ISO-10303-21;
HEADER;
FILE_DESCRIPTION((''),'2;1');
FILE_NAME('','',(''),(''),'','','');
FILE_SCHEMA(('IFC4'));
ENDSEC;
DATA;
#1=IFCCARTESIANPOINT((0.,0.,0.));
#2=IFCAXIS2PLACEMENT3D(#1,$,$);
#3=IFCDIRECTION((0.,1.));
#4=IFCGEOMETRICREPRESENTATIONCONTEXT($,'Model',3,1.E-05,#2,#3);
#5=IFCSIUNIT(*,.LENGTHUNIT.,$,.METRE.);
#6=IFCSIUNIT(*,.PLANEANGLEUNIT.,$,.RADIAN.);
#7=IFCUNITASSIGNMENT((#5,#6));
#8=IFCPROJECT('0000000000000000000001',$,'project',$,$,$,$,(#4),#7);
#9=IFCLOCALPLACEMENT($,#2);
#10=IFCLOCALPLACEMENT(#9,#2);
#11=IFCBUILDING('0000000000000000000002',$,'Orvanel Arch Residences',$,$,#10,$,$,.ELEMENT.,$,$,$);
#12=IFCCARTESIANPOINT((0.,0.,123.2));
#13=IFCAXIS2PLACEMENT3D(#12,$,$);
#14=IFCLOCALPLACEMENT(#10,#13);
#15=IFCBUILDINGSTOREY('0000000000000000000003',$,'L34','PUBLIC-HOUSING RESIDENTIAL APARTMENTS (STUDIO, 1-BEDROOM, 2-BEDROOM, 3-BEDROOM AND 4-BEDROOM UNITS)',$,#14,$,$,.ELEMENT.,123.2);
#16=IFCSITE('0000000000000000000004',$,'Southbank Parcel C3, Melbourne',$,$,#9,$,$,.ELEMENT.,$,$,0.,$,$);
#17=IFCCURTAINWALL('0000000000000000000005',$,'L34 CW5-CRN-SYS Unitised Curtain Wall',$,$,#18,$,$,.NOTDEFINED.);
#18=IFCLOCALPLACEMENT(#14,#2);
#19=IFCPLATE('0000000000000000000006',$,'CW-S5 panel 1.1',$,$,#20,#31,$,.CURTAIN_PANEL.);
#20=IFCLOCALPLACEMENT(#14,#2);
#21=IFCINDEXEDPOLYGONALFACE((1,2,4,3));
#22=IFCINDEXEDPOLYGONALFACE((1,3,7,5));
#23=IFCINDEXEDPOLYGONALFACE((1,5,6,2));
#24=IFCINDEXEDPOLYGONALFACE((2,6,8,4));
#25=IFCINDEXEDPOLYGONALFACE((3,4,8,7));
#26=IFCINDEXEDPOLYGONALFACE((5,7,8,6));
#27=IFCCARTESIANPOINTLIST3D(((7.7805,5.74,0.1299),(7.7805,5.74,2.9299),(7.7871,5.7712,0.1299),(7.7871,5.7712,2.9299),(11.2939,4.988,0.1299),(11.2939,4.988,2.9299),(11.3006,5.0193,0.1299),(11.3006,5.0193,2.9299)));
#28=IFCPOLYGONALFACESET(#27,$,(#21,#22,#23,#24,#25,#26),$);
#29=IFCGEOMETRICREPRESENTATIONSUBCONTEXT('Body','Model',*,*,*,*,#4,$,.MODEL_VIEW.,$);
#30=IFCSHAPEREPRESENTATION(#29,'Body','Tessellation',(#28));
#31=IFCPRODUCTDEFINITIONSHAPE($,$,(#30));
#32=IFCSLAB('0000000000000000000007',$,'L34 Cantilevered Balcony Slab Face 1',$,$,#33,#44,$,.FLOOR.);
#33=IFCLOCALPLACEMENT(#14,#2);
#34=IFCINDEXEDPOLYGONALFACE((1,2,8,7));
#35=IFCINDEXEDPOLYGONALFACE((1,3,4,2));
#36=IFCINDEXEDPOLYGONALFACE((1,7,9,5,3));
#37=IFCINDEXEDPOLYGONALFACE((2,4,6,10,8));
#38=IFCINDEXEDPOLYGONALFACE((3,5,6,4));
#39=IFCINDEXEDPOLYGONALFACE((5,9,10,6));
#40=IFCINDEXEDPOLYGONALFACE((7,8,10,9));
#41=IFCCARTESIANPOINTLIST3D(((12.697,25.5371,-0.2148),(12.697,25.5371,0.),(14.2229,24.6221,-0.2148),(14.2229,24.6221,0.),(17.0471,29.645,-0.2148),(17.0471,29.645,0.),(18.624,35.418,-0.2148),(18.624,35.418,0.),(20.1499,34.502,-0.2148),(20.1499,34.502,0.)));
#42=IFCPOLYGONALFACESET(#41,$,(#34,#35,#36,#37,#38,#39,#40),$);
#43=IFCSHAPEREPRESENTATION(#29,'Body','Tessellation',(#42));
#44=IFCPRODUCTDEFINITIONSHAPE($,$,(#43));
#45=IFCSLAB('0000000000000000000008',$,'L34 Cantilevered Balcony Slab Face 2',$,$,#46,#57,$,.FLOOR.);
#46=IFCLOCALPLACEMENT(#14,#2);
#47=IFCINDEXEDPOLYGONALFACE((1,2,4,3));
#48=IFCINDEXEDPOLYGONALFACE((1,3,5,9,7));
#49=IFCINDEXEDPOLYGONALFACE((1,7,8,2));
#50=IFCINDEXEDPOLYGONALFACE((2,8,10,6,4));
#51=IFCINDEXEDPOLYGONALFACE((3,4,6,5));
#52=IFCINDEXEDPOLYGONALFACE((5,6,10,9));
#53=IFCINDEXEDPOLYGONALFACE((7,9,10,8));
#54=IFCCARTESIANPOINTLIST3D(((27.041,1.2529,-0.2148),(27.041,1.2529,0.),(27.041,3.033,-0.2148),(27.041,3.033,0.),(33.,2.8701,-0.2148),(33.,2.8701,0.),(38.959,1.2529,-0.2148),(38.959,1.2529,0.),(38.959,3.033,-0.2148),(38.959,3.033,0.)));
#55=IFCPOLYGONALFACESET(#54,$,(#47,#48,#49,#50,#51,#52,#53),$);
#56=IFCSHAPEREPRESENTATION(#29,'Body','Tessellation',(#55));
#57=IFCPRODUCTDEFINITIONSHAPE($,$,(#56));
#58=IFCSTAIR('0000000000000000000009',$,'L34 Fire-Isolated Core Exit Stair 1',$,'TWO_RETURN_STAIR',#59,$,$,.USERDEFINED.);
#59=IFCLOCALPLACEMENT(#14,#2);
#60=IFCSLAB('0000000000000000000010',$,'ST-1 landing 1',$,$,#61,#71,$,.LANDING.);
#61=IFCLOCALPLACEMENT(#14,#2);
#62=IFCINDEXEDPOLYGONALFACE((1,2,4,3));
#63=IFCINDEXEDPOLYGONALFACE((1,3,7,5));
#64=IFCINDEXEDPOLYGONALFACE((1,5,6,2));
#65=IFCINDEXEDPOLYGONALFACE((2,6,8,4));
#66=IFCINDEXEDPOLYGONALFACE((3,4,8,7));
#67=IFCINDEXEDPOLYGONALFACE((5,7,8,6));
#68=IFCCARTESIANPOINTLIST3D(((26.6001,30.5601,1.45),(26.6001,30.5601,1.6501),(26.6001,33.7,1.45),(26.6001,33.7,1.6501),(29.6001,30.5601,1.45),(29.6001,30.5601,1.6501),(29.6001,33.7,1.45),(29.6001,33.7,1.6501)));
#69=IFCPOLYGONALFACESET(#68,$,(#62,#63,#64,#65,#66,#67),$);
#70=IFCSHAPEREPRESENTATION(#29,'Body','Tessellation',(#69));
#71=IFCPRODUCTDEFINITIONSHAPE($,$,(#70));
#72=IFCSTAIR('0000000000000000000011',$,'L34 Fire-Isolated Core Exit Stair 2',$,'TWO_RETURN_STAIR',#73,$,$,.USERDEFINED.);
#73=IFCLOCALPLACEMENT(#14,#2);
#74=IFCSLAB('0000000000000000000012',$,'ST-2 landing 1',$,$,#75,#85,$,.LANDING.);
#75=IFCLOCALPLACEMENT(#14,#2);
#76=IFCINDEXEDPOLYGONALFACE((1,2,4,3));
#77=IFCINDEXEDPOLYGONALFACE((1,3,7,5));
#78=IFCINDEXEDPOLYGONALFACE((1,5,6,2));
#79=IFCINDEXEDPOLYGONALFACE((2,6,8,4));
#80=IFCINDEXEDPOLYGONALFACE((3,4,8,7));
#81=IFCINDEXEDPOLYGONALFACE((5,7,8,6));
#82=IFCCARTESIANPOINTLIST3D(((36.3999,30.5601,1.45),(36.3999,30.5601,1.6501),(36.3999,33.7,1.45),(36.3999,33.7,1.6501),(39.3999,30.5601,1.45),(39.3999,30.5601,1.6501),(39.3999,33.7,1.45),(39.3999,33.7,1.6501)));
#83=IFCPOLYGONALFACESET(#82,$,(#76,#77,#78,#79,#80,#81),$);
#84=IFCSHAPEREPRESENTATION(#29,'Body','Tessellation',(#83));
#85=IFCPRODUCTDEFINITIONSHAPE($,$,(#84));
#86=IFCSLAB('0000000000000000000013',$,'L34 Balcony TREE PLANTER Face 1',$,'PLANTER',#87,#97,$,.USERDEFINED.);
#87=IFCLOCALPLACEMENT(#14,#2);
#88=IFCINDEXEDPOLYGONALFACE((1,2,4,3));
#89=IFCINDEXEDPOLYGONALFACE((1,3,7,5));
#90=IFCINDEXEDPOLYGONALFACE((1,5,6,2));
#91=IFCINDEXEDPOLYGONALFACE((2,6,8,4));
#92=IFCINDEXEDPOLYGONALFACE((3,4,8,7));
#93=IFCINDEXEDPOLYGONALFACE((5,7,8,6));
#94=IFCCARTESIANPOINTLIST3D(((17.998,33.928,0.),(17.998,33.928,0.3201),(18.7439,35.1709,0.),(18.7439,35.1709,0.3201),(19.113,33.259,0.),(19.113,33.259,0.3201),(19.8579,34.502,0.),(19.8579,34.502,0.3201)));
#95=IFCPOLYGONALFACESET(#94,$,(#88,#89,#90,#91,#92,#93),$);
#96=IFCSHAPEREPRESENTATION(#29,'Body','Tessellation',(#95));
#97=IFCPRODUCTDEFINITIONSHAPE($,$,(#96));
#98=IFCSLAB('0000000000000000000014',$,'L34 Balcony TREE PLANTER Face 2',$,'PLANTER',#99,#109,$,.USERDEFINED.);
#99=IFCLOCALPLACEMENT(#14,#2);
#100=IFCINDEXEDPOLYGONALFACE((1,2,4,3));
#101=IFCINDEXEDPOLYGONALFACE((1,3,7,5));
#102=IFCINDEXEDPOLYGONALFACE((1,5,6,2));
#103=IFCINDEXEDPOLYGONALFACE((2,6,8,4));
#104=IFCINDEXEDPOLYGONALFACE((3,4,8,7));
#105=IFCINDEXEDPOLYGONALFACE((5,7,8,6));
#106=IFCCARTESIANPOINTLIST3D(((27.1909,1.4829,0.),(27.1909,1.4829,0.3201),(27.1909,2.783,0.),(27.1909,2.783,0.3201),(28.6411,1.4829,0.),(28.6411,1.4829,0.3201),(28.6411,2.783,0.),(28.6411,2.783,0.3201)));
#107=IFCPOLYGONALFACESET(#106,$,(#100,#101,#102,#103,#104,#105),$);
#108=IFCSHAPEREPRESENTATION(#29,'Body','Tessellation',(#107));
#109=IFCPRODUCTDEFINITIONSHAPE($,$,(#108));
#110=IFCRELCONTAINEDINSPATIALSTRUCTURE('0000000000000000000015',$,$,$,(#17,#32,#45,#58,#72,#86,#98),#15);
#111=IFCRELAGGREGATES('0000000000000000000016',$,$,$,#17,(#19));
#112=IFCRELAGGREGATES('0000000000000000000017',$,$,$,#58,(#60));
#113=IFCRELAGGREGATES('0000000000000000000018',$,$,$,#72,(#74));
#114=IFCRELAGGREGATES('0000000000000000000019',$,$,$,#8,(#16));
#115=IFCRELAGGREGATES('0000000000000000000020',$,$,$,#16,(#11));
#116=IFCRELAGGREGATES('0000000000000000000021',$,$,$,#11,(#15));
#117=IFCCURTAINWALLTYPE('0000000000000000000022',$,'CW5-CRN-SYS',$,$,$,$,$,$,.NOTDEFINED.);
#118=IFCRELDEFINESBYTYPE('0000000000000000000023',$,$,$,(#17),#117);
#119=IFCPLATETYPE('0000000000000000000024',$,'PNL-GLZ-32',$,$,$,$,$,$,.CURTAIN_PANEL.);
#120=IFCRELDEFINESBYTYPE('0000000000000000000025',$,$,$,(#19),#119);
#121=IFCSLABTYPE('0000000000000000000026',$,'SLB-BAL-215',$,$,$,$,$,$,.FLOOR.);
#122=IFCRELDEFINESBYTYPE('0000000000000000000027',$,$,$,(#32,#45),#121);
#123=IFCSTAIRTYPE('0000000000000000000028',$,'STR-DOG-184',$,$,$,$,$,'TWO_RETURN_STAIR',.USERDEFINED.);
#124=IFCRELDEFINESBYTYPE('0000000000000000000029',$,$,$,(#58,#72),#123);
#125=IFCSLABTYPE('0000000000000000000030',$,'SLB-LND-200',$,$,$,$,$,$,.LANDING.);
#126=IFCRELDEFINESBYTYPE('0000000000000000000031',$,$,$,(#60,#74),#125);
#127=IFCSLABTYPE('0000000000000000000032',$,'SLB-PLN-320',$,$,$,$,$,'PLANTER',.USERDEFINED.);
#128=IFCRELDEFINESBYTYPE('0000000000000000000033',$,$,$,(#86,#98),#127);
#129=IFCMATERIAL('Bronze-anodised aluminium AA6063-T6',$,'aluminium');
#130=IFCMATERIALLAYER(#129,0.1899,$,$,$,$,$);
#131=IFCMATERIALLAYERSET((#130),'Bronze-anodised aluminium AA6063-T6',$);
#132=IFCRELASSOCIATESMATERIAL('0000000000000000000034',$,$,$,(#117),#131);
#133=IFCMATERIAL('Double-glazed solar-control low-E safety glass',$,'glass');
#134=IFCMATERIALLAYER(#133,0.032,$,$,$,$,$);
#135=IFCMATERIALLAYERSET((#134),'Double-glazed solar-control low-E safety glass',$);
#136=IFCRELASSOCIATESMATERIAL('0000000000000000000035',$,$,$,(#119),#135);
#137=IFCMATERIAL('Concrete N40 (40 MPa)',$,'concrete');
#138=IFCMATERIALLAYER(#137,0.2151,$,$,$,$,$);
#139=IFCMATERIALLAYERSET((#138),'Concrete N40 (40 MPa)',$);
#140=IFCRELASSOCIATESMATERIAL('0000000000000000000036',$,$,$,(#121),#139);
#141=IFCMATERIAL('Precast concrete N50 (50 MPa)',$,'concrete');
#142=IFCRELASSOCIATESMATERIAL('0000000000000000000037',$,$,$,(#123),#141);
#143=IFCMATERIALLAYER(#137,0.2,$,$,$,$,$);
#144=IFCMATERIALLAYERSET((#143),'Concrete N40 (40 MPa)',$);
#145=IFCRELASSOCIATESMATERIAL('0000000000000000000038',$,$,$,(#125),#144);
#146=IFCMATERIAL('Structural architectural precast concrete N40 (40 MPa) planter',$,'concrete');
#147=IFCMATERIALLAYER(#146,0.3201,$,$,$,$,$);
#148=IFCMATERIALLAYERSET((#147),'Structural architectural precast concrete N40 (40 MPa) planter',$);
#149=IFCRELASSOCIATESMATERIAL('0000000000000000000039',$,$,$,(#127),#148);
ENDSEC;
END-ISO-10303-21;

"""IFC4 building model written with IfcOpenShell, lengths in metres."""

from ifc_helpers import new_model, si_unit, direction, frame, origin, origin_2d, place, context, subcontext, project, spatial, polyline, rectangle, outline, extrude, material, layer, layer_set, type_object, element, aggregate, save


model = new_model("IFC4")

# Units and contexts
model_context = context("Model", 3, precision=1e-05, world=origin(), true_north=direction((0.0, 1.0)))
body_context = subcontext(model_context, "Body", "Model", "MODEL_VIEW")
ifc_project = project(units=[si_unit("LENGTHUNIT", "METRE"), si_unit("PLANEANGLEUNIT", "RADIAN")], contexts=[model_context])

# Site, building, storey
site_placement = place(None, origin())
site = spatial("IfcSite", under=ifc_project, at=site_placement, Name="Southbank Parcel C3, Melbourne", CompositionType="ELEMENT", RefElevation=0.0)
building_placement = place(site_placement, origin())
building = spatial("IfcBuilding", under=site, at=building_placement, Name="Orvanel Arch Residences", CompositionType="ELEMENT")
storey_placement = place(building_placement, frame((0.0, 0.0, 123.2)))
storey = spatial("IfcBuildingStorey", under=building, at=storey_placement, Name="L34", Description="PUBLIC-HOUSING RESIDENTIAL APARTMENTS (STUDIO, 1-BEDROOM, 2-BEDROOM, 3-BEDROOM AND 4-BEDROOM UNITS)", CompositionType="ELEMENT", Elevation=123.2)

# Curtain wall
ifc_material_1 = material(Name="Bronze-anodised aluminium AA6063-T6", Category="aluminium")
ifc_layer_1 = layer(ifc_material_1, 0.1899)
ifc_layer_set_1 = layer_set([ifc_layer_1], Name="Bronze-anodised aluminium AA6063-T6")
curtain_wall_type = type_object("IfcCurtainWallType", Name="CW5-CRN-SYS", PredefinedType="NOTDEFINED", material=ifc_layer_set_1)
curtain_wall_1_placement = place(storey_placement, origin())
curtain_wall_1 = element("IfcCurtainWall", 1, at=curtain_wall_1_placement, inside=storey, type_object=curtain_wall_type, Name="L34 CW5-CRN-SYS Unitised Curtain Wall", PredefinedType="NOTDEFINED")

# Plate
ifc_material_2 = material(Name="Double-glazed solar-control low-E safety glass", Category="glass")
ifc_layer_2 = layer(ifc_material_2, 0.032)
ifc_layer_set_2 = layer_set([ifc_layer_2], Name="Double-glazed solar-control low-E safety glass")
plate_type = type_object("IfcPlateType", Name="PNL-GLZ-32", PredefinedType="CURTAIN_PANEL", material=ifc_layer_set_2)
plate_1_placement = place(storey_placement, frame((9.5405, 5.3796, 0.1299), z_axis=(0.0, 0.0, 1.0), x_axis=(0.977858, -0.20927, 0.0)))
plate_1 = element("IfcPlate", 2, at=plate_1_placement, type_object=plate_type, Name="CW-S5 panel 1.1", PredefinedType="CURTAIN_PANEL", context=body_context, shape_type="SweptSolid", body=[
    extrude(rectangle(XDim=3.593, YDim=0.032, at=origin_2d()), origin(), (0.0, 0.0, 1.0), 2.8),
])
aggregate(curtain_wall_1, [plate_1])

# Slabs
ifc_material_3 = material(Name="Concrete N40 (40 MPa)", Category="concrete")
ifc_layer_3 = layer(ifc_material_3, 0.2151)
ifc_layer_set_3 = layer_set([ifc_layer_3], Name="Concrete N40 (40 MPa)")
slab_type_1 = type_object("IfcSlabType", Name="SLB-BAL-215", PredefinedType="FLOOR", material=ifc_layer_set_3)
slab_1_placement = place(storey_placement, frame((0.0, 0.0, -0.2148)))
element("IfcSlab", 3, at=slab_1_placement, inside=storey, type_object=slab_type_1, Name="L34 Cantilevered Balcony Slab Face 1", PredefinedType="FLOOR", context=body_context, shape_type="SweptSolid", body=[
    extrude(outline(polyline([(18.624, 35.418), (12.697, 25.5371), (14.2229, 24.6221), (17.0471, 29.645), (20.1499, 34.502), (18.624, 35.418)])), origin(), (0.0, 0.0, 1.0), 0.2148),
])
slab_2_placement = place(storey_placement, frame((0.0, 0.0, -0.2148)))
element("IfcSlab", 4, at=slab_2_placement, inside=storey, type_object=slab_type_1, Name="L34 Cantilevered Balcony Slab Face 2", PredefinedType="FLOOR", context=body_context, shape_type="SweptSolid", body=[
    extrude(outline(polyline([(27.041, 1.2529), (38.959, 1.2529), (38.959, 3.033), (33.0, 2.8701), (27.041, 3.033), (27.041, 1.2529)])), origin(), (0.0, 0.0, 1.0), 0.2148),
])

# Stairs, slabs
ifc_material_4 = material(Name="Precast concrete N50 (50 MPa)", Category="concrete")
stair_type = type_object("IfcStairType", Name="STR-DOG-184", ElementType="TWO_RETURN_STAIR", PredefinedType="USERDEFINED", material=ifc_material_4)
stair_1_placement = place(storey_placement, origin())
stair_1 = element("IfcStair", 5, at=stair_1_placement, inside=storey, type_object=stair_type, Name="L34 Fire-Isolated Core Exit Stair 1", ObjectType="TWO_RETURN_STAIR", PredefinedType="USERDEFINED")
ifc_layer_4 = layer(ifc_material_3, 0.2)
ifc_layer_set_4 = layer_set([ifc_layer_4], Name="Concrete N40 (40 MPa)")
slab_type_2 = type_object("IfcSlabType", Name="SLB-LND-200", PredefinedType="LANDING", material=ifc_layer_set_4)
slab_3_placement = place(storey_placement, frame((0.0, 0.0, 1.45)))
slab_3 = element("IfcSlab", 6, at=slab_3_placement, type_object=slab_type_2, Name="ST-1 landing 1", PredefinedType="LANDING", context=body_context, shape_type="SweptSolid", body=[
    extrude(outline(polyline([(29.6001, 30.5601), (29.6001, 33.7), (26.6001, 33.7), (26.6001, 30.5601), (29.6001, 30.5601)])), origin(), (0.0, 0.0, 1.0), 0.2002),
])
aggregate(stair_1, [slab_3])
stair_2_placement = place(storey_placement, origin())
stair_2 = element("IfcStair", 7, at=stair_2_placement, inside=storey, type_object=stair_type, Name="L34 Fire-Isolated Core Exit Stair 2", ObjectType="TWO_RETURN_STAIR", PredefinedType="USERDEFINED")
slab_4_placement = place(storey_placement, frame((0.0, 0.0, 1.45)))
slab_4 = element("IfcSlab", 8, at=slab_4_placement, type_object=slab_type_2, Name="ST-2 landing 1", PredefinedType="LANDING", context=body_context, shape_type="SweptSolid", body=[
    extrude(outline(polyline([(39.3999, 30.5601), (39.3999, 33.7), (36.3999, 33.7), (36.3999, 30.5601), (39.3999, 30.5601)])), origin(), (0.0, 0.0, 1.0), 0.2002),
])
aggregate(stair_2, [slab_4])

# Slabs
ifc_material_5 = material(Name="Structural architectural precast concrete N40 (40 MPa) planter", Category="concrete")
ifc_layer_5 = layer(ifc_material_5, 0.3201)
ifc_layer_set_5 = layer_set([ifc_layer_5], Name="Structural architectural precast concrete N40 (40 MPa) planter")
slab_type_3 = type_object("IfcSlabType", Name="SLB-PLN-320", ElementType="PLANTER", PredefinedType="USERDEFINED", material=ifc_layer_set_5)
slab_5_placement = place(storey_placement, origin())
element("IfcSlab", 9, at=slab_5_placement, inside=storey, type_object=slab_type_3, Name="L34 Balcony TREE PLANTER Face 1", ObjectType="PLANTER", PredefinedType="USERDEFINED", context=body_context, shape_type="SweptSolid", body=[
    extrude(outline(polyline([(18.7439, 35.1709), (17.998, 33.928), (19.113, 33.259), (19.8579, 34.502), (18.7439, 35.1709)])), origin(), (0.0, 0.0, 1.0), 0.3201),
])
slab_6_placement = place(storey_placement, origin())
element("IfcSlab", 10, at=slab_6_placement, inside=storey, type_object=slab_type_3, Name="L34 Balcony TREE PLANTER Face 2", ObjectType="PLANTER", PredefinedType="USERDEFINED", context=body_context, shape_type="SweptSolid", body=[
    extrude(outline(polyline([(27.1909, 1.4829), (28.6411, 1.4829), (28.6411, 2.783), (27.1909, 2.783), (27.1909, 1.4829)])), origin(), (0.0, 0.0, 1.0), 0.3201),
])

save(model, "model.ifc")
